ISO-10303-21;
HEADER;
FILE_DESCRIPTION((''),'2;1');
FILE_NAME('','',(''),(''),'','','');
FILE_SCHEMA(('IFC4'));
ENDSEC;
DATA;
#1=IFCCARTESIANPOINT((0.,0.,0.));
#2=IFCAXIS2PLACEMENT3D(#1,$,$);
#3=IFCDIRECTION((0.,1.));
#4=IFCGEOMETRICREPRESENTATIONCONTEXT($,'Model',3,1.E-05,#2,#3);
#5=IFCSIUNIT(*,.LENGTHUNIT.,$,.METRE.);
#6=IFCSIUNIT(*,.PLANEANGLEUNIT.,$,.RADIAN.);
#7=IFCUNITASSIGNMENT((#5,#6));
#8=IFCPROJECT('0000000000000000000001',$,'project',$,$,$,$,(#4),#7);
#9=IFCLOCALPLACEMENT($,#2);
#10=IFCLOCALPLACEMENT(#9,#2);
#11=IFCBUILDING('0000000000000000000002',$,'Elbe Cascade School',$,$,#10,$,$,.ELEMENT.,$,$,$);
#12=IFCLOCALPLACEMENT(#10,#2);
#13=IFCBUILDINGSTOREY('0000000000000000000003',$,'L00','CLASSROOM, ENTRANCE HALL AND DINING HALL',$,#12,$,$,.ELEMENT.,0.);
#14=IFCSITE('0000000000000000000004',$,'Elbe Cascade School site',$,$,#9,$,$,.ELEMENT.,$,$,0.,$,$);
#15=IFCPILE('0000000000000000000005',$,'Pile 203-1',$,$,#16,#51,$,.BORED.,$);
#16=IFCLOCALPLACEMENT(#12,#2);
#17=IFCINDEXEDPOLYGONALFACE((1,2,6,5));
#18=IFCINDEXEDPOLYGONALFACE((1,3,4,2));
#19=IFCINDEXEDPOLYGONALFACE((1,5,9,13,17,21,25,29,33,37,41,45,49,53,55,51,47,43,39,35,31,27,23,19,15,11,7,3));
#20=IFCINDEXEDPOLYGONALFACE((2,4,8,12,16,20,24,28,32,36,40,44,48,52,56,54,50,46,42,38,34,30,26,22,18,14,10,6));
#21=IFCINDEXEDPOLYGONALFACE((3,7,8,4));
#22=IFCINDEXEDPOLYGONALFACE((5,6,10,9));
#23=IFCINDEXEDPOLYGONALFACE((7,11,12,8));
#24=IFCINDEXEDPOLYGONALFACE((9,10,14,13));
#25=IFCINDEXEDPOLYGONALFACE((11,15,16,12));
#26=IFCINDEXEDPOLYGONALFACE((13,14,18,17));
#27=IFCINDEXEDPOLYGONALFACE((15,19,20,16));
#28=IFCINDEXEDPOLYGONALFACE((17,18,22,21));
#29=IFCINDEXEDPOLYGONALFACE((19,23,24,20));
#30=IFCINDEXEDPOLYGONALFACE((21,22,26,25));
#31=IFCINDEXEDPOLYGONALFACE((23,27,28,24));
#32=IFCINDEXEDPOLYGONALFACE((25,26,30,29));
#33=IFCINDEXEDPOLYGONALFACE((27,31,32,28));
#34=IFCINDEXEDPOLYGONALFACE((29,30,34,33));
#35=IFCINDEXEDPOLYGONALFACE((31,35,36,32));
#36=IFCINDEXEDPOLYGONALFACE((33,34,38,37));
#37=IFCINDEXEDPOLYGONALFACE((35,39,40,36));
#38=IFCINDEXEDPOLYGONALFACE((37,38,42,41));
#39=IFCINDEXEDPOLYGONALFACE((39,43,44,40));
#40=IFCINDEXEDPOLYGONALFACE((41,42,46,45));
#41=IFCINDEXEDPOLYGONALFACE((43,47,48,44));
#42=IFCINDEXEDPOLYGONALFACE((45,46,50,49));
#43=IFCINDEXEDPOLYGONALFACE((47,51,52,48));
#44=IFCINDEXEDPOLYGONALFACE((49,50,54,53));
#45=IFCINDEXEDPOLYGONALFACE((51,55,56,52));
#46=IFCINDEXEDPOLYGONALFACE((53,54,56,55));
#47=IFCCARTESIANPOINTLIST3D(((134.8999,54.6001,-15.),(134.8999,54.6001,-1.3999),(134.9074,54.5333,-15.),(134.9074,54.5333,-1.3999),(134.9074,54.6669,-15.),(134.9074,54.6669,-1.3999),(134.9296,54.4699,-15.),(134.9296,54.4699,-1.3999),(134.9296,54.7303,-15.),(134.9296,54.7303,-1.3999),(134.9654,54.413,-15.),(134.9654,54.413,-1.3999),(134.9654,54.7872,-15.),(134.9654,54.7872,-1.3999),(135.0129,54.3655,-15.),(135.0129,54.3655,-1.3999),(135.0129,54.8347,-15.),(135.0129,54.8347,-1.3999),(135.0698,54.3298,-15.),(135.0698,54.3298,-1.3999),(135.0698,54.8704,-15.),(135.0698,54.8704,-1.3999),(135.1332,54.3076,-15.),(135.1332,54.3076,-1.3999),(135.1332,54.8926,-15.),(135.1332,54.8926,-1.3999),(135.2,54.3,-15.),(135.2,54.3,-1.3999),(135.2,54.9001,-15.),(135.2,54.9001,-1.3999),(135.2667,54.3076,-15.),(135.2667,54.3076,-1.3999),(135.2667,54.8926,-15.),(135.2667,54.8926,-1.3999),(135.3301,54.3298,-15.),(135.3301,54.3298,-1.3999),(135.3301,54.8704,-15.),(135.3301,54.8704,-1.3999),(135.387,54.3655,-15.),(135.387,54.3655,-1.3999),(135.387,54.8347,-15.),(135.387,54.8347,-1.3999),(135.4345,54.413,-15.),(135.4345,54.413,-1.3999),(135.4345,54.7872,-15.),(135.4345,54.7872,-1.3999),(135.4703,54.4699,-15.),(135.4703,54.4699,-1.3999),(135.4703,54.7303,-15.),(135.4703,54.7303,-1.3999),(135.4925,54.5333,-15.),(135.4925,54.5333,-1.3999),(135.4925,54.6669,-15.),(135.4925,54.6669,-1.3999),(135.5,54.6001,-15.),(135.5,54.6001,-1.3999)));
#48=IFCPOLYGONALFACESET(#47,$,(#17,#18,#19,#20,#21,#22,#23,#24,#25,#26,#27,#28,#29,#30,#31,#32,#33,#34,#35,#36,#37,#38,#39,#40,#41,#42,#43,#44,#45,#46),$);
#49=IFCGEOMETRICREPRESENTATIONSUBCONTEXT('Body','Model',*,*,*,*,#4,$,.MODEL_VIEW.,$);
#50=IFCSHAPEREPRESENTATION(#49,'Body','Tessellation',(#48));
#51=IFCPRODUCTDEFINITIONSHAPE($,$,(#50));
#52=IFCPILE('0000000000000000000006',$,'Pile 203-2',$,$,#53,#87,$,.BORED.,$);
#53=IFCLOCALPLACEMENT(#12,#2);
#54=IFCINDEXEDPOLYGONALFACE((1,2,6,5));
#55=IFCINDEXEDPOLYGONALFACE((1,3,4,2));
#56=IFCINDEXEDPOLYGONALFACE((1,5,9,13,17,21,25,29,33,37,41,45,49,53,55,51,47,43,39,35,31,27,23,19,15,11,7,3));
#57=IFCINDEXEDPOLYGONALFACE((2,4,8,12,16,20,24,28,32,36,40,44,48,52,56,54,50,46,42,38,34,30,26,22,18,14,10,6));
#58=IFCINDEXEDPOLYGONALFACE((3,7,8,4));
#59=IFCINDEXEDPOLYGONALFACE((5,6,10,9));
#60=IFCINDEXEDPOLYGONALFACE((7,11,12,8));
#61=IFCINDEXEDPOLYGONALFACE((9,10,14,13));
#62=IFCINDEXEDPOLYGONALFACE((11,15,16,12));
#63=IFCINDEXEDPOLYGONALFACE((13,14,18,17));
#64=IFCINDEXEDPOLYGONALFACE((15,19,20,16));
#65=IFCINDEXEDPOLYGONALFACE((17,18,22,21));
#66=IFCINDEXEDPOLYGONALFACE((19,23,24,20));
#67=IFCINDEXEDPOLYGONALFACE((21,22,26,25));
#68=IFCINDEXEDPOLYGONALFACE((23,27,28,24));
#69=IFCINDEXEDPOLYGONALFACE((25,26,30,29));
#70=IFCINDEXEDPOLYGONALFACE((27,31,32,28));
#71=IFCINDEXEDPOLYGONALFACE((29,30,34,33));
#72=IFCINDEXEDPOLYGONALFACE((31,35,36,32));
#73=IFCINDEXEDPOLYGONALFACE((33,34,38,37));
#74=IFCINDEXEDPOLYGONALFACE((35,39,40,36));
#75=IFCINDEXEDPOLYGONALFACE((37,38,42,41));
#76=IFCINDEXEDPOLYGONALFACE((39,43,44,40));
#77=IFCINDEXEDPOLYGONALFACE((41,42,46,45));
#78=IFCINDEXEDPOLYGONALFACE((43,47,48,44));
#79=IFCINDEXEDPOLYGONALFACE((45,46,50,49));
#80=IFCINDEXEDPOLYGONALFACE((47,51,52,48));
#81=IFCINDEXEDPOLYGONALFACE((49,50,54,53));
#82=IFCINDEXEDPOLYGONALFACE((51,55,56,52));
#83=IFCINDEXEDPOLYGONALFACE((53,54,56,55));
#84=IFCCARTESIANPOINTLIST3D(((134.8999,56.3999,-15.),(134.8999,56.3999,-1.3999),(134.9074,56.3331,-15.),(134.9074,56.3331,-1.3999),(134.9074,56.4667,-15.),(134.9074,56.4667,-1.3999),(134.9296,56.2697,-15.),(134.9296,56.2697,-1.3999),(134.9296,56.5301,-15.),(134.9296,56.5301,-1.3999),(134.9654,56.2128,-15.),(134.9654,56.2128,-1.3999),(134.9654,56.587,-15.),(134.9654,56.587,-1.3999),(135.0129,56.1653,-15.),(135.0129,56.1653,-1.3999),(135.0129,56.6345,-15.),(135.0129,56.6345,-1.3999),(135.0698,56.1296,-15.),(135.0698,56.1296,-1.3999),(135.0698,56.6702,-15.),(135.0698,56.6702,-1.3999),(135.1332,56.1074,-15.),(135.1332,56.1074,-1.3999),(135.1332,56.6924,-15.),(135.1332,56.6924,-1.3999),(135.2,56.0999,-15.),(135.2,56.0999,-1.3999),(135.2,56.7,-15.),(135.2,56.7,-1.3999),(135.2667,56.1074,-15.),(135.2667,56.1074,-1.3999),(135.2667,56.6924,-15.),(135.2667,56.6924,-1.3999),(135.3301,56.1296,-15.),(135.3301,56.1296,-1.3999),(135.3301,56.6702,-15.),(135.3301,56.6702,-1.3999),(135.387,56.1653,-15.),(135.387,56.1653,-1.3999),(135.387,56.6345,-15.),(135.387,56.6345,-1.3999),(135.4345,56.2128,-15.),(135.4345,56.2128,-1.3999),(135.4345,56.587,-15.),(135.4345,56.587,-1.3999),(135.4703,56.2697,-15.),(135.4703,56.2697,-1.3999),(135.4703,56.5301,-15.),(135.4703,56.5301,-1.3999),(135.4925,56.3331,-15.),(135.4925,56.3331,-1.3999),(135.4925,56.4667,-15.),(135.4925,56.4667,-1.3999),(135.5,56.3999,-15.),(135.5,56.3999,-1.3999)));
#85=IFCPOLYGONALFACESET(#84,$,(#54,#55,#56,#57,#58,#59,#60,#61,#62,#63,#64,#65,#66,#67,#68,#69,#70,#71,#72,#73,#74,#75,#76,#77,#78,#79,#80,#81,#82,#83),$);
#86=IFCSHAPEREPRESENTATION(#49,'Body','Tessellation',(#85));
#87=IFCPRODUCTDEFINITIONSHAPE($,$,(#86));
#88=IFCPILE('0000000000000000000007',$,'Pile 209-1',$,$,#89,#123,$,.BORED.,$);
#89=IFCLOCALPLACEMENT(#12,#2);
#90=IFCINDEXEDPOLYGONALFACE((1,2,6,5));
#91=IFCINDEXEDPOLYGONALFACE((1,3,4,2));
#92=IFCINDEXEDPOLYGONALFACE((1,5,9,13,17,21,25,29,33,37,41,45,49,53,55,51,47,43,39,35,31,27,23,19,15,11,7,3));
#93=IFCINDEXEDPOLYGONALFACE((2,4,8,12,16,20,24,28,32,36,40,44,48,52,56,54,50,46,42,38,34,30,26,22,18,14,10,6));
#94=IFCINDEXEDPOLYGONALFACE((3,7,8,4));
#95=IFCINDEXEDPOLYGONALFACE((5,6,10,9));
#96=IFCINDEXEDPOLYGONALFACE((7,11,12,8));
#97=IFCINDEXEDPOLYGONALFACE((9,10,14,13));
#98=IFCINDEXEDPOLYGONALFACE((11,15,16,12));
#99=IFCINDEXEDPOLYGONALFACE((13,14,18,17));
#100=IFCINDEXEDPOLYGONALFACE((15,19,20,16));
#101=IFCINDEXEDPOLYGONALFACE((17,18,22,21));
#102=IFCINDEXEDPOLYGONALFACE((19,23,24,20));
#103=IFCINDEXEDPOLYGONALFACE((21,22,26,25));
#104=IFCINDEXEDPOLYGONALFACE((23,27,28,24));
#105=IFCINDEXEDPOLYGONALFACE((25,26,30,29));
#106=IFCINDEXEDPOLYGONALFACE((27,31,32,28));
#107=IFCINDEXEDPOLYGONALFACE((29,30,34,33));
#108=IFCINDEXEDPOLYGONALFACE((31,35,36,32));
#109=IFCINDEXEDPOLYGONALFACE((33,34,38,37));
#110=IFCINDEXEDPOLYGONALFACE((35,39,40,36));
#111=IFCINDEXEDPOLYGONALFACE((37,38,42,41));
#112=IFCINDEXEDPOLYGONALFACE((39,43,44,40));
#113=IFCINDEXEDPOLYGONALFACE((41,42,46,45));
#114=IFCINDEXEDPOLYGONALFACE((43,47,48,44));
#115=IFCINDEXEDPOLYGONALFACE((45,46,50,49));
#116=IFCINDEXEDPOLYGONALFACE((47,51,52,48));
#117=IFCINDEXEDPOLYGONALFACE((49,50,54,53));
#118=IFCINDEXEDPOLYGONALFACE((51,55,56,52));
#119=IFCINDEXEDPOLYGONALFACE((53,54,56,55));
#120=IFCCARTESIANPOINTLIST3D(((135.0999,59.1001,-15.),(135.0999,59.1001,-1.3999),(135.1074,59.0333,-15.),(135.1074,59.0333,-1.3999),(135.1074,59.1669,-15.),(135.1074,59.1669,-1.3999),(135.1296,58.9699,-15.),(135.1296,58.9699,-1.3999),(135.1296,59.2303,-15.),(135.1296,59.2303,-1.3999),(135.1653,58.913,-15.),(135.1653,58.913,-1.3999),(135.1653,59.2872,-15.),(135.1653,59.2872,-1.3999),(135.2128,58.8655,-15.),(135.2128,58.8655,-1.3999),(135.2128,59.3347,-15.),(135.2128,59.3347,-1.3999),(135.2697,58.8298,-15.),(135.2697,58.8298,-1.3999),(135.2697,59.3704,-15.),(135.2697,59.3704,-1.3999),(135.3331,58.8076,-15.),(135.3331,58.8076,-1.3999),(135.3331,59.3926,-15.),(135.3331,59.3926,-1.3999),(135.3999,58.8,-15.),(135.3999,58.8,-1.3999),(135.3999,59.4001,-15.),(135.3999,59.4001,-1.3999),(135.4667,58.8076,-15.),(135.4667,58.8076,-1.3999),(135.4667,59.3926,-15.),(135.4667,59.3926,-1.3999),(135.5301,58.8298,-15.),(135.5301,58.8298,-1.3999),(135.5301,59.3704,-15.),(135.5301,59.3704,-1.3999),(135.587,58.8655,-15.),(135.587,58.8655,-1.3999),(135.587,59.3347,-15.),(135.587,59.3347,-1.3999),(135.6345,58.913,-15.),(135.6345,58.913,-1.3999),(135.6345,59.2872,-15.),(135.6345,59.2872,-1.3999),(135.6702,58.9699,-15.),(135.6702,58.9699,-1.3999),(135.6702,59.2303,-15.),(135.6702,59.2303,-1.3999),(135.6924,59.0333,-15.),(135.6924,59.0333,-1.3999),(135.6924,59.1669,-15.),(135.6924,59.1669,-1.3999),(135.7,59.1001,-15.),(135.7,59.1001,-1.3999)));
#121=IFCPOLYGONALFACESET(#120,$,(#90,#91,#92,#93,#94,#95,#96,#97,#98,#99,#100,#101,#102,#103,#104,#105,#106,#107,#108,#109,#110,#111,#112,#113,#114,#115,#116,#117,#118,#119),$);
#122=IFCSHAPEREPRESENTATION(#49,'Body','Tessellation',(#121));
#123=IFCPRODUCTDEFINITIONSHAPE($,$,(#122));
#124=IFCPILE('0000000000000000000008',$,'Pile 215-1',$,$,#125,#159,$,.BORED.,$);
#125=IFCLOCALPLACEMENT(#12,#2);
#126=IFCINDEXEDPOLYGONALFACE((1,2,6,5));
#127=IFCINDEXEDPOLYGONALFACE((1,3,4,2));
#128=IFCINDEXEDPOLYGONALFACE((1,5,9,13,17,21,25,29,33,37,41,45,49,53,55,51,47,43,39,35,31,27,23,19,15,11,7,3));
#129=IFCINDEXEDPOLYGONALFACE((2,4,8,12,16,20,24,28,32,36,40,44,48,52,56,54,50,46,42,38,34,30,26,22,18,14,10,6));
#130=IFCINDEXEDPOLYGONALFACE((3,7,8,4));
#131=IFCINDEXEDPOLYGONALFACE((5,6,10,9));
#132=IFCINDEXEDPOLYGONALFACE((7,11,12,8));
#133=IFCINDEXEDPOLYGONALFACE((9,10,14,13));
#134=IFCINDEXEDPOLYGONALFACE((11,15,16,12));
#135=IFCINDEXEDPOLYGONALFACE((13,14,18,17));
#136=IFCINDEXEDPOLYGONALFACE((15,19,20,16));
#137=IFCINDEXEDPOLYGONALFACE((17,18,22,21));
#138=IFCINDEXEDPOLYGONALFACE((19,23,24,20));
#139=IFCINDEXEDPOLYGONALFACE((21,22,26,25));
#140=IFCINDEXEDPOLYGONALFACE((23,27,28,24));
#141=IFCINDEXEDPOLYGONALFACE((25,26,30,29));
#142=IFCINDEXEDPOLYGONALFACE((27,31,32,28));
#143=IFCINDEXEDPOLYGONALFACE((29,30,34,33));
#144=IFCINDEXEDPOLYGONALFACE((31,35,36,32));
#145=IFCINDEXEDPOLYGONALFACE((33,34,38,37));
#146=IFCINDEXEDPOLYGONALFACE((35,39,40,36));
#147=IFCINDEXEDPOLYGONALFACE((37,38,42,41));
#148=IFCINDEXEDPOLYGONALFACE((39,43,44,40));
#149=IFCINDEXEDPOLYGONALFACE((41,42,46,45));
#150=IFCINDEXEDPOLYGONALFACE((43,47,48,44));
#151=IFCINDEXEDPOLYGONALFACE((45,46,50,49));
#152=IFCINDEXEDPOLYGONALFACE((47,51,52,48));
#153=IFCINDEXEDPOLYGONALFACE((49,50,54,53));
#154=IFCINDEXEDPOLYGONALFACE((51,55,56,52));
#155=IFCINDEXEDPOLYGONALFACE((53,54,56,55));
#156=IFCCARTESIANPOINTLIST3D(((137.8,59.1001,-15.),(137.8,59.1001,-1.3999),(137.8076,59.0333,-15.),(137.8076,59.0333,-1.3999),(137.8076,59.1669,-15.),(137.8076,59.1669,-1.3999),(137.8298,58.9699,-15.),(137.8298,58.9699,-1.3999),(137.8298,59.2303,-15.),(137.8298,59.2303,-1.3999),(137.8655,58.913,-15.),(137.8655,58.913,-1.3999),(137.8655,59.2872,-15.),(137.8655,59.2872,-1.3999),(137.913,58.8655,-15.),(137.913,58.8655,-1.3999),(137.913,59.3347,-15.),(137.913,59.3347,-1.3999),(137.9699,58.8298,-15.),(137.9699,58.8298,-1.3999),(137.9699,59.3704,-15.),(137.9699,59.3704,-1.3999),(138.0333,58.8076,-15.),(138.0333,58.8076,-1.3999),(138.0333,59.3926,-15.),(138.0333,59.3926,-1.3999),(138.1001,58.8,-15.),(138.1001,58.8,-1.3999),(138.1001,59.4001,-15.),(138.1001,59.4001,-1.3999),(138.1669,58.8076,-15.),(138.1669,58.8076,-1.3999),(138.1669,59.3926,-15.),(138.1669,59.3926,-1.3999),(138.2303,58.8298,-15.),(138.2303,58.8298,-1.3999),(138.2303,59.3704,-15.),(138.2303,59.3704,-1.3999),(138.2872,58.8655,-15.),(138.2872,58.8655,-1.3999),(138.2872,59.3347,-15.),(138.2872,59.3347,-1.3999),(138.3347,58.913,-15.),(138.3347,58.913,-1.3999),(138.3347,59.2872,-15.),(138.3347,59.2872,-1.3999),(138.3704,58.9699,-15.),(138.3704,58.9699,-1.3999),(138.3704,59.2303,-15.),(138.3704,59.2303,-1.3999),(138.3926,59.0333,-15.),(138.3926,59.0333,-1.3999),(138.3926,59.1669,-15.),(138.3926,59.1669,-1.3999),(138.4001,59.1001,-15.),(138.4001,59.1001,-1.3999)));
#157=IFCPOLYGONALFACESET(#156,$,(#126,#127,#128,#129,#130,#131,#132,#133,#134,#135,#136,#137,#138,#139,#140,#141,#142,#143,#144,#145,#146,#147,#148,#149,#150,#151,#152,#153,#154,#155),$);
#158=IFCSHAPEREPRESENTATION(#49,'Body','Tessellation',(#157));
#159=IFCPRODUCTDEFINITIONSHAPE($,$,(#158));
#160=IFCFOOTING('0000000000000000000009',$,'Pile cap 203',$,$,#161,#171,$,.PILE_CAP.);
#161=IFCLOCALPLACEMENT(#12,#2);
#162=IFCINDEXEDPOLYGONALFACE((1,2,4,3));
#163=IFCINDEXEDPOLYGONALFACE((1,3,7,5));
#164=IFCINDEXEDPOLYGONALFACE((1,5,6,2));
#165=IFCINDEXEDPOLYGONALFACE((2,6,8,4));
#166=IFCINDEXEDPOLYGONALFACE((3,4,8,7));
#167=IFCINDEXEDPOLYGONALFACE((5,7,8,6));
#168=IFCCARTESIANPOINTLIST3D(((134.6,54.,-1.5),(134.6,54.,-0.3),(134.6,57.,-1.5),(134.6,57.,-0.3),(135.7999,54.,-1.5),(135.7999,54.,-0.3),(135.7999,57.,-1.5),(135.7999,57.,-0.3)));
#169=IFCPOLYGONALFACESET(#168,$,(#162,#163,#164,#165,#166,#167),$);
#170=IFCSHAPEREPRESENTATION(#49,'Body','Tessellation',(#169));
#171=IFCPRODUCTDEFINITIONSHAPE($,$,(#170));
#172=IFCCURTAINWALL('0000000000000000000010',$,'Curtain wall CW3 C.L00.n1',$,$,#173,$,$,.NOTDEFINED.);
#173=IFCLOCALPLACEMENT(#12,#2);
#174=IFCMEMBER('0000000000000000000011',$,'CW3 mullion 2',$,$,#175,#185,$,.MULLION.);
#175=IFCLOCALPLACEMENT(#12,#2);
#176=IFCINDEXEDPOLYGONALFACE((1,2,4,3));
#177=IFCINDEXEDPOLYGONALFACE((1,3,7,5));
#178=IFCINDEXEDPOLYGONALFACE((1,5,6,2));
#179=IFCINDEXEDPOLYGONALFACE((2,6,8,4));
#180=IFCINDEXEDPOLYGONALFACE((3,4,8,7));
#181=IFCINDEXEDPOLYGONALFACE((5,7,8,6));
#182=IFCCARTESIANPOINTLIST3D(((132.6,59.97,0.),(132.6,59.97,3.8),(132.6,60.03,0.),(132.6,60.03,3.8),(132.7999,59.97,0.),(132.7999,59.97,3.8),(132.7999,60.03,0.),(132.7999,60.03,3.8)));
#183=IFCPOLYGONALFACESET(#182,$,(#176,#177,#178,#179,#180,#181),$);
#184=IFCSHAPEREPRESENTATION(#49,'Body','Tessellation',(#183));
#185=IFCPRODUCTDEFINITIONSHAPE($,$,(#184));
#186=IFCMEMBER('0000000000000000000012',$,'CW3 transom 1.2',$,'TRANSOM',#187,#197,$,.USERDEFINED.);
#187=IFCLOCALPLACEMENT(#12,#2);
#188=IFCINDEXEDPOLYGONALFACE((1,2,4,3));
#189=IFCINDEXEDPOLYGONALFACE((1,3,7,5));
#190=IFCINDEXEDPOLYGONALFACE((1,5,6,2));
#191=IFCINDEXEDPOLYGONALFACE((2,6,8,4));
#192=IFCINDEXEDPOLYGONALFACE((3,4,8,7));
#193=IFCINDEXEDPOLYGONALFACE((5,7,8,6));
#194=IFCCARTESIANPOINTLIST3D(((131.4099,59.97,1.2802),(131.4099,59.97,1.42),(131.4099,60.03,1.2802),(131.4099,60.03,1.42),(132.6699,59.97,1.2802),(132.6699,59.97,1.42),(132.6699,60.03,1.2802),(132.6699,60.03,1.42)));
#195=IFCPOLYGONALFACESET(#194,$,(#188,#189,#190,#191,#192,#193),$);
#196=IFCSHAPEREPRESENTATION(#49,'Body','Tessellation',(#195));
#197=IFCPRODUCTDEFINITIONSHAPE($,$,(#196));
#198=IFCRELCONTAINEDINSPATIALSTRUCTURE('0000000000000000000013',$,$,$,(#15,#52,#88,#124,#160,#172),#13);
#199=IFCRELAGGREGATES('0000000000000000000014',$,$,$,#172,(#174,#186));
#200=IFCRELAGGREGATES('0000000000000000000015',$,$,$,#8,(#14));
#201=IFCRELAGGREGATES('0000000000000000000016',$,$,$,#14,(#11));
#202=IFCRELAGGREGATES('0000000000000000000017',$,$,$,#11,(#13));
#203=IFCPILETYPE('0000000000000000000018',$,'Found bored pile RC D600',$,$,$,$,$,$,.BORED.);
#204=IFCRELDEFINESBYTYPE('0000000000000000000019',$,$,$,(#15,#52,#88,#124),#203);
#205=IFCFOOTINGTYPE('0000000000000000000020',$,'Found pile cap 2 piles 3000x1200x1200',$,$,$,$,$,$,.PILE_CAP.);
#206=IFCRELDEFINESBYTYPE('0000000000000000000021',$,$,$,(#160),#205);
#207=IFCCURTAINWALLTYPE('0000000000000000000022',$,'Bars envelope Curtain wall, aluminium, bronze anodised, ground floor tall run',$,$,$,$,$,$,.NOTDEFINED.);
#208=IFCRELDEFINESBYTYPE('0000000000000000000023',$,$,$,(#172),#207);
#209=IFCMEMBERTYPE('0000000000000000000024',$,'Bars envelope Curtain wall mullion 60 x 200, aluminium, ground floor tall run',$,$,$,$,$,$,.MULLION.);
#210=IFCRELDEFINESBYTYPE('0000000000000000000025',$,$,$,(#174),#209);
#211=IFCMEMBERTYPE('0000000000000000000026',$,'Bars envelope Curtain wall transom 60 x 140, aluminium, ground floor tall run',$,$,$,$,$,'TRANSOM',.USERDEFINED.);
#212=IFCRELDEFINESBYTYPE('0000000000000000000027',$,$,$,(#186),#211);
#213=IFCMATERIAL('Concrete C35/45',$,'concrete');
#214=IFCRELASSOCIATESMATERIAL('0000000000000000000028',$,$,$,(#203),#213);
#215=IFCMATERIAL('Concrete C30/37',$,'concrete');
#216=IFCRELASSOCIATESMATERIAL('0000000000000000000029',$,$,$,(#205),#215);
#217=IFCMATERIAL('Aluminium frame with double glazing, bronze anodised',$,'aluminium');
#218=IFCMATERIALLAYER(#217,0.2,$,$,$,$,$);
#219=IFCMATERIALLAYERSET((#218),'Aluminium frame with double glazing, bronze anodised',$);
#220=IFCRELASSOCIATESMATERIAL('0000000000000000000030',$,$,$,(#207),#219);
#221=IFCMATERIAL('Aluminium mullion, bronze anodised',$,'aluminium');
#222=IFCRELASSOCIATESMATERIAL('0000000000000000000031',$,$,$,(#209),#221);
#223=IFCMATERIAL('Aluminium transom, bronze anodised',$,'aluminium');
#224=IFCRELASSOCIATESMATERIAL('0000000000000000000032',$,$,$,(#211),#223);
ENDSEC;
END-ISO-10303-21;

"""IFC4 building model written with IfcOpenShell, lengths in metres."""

from ifc_helpers import new_model, si_unit, direction, frame, origin, origin_2d, place, context, subcontext, project, spatial, rectangle, circle, extrude, material, layer, layer_set, material_profile, profile_set, type_object, element, aggregate, save


model = new_model("IFC4")

# Units and contexts
model_context = context("Model", 3, precision=1e-05, world=origin(), true_north=direction((0.0, 1.0)))
body_context = subcontext(model_context, "Body", "Model", "MODEL_VIEW")
ifc_project = project(units=[si_unit("LENGTHUNIT", "METRE"), si_unit("PLANEANGLEUNIT", "RADIAN")], contexts=[model_context])

# Site, building, storey
site_placement = place(None, origin())
site = spatial("IfcSite", under=ifc_project, at=site_placement, Name="Elbe Cascade School site", CompositionType="ELEMENT", RefElevation=0.0)
building_placement = place(site_placement, origin())
building = spatial("IfcBuilding", under=site, at=building_placement, Name="Elbe Cascade School", CompositionType="ELEMENT")
storey_placement = place(building_placement, origin())
storey = spatial("IfcBuildingStorey", under=building, at=storey_placement, Name="L00", Description="CLASSROOM, ENTRANCE HALL AND DINING HALL", CompositionType="ELEMENT", Elevation=0.0)

# Piles
ifc_material_1 = material(Name="Concrete C35/45", Category="concrete")
ifc_material_profile_1 = material_profile(ifc_material_1, circle(Radius=0.3, at=origin_2d()), Name="RC D600")
ifc_profile_set_1 = profile_set([ifc_material_profile_1], Name="Concrete C35/45")
pile_type = type_object("IfcPileType", Name="Found bored pile RC D600", PredefinedType="BORED", material=ifc_profile_set_1)
for number, where, z_axis, x_axis, name in (
    (1, (135.2, 54.6001, -1.3999), (0.0, 0.0, -1.0), (1.0, 0.0, 0.0), "Pile 203-1"),
    (2, (135.2, 56.3999, -1.3999), (0.0, 0.0, -1.0), (1.0, 0.0, 0.0), "Pile 203-2"),
    (3, (135.3999, 59.1001, -1.3999), (0.0, 0.0, -1.0), (1.0, 0.0, 0.0), "Pile 209-1"),
    (4, (138.1001, 59.1001, -1.3999), (0.0, 0.0, -1.0), (1.0, 0.0, 0.0), "Pile 215-1"),
):
    element("IfcPile", number, at=place(storey_placement, frame(where, z_axis=z_axis, x_axis=x_axis)), inside=storey, type_object=pile_type, Name=name, PredefinedType="BORED", context=body_context, shape_type="SweptSolid", body=[
        extrude(circle(Radius=0.3, at=origin_2d()), origin(), (0.0, 0.0, 1.0), 13.6001),
    ])

# Footing
ifc_material_2 = material(Name="Concrete C30/37", Category="concrete")
footing_type = type_object("IfcFootingType", Name="Found pile cap 2 piles 3000x1200x1200", PredefinedType="PILE_CAP", material=ifc_material_2)
footing_placement = place(storey_placement, frame((135.2, 55.5, -1.5), z_axis=(0.0, 0.0, 1.0), x_axis=(1.0, 0.0, 0.0)))
element("IfcFooting", 5, at=footing_placement, inside=storey, type_object=footing_type, Name="Pile cap 203", PredefinedType="PILE_CAP", context=body_context, shape_type="SweptSolid", body=[
    extrude(rectangle(XDim=1.2, YDim=3.0, at=origin_2d()), origin(), (0.0, 0.0, 1.0), 1.2),
])

# Curtain wall, members
ifc_material_3 = material(Name="Aluminium frame with double glazing, bronze anodised", Category="aluminium")
ifc_layer_1 = layer(ifc_material_3, 0.2)
ifc_layer_set_1 = layer_set([ifc_layer_1], Name="Aluminium frame with double glazing, bronze anodised")
curtain_wall_type = type_object("IfcCurtainWallType", Name="Bars envelope Curtain wall, aluminium, bronze anodised, ground floor tall run", PredefinedType="NOTDEFINED", material=ifc_layer_set_1)
curtain_wall_placement = place(storey_placement, origin())
curtain_wall = element("IfcCurtainWall", 6, at=curtain_wall_placement, inside=storey, type_object=curtain_wall_type, Name="Curtain wall CW3 C.L00.n1", PredefinedType="NOTDEFINED")
ifc_material_4 = material(Name="Aluminium mullion, bronze anodised", Category="aluminium")
ifc_material_profile_2 = material_profile(ifc_material_4, rectangle(XDim=0.0601, YDim=0.2, at=origin_2d()), Name="Bars envelope Curtain wall mullion 60 x 200, aluminium, ground floor tall run")
ifc_profile_set_2 = profile_set([ifc_material_profile_2], Name="Aluminium mullion, bronze anodised")
member_type_1 = type_object("IfcMemberType", Name="Bars envelope Curtain wall mullion 60 x 200, aluminium, ground floor tall run", PredefinedType="MULLION", material=ifc_profile_set_2)
member_1_placement = place(storey_placement, frame((132.7, 60.0, 0.0), z_axis=(0.0, 0.0, 1.0), x_axis=(0.0, 1.0, 0.0)))
member_1 = element("IfcMember", 7, at=member_1_placement, type_object=member_type_1, Name="CW3 mullion 2", PredefinedType="MULLION", context=body_context, shape_type="SweptSolid", body=[
    extrude(rectangle(XDim=0.0601, YDim=0.2, at=origin_2d()), origin(), (0.0, 0.0, 1.0), 3.8),
])
ifc_material_5 = material(Name="Aluminium transom, bronze anodised", Category="aluminium")
ifc_material_profile_3 = material_profile(ifc_material_5, rectangle(XDim=0.0601, YDim=0.1399, at=origin_2d()), Name="Bars envelope Curtain wall transom 60 x 140, aluminium, ground floor tall run")
ifc_profile_set_3 = profile_set([ifc_material_profile_3], Name="Aluminium transom, bronze anodised")
member_type_2 = type_object("IfcMemberType", Name="Bars envelope Curtain wall transom 60 x 140, aluminium, ground floor tall run", ElementType="TRANSOM", PredefinedType="USERDEFINED", material=ifc_profile_set_3)
member_2_placement = place(storey_placement, frame((131.4099, 60.0, 1.3501), z_axis=(1.0, 0.0, 0.0), x_axis=(0.0, 1.0, 0.0)))
member_2 = element("IfcMember", 8, at=member_2_placement, type_object=member_type_2, Name="CW3 transom 1.2", ObjectType="TRANSOM", PredefinedType="USERDEFINED", context=body_context, shape_type="SweptSolid", body=[
    extrude(rectangle(XDim=0.0601, YDim=0.1399, at=origin_2d()), origin(), (0.0, 0.0, 1.0), 1.26),
])

aggregate(curtain_wall, [member_1, member_2])

save(model, "model.ifc")
